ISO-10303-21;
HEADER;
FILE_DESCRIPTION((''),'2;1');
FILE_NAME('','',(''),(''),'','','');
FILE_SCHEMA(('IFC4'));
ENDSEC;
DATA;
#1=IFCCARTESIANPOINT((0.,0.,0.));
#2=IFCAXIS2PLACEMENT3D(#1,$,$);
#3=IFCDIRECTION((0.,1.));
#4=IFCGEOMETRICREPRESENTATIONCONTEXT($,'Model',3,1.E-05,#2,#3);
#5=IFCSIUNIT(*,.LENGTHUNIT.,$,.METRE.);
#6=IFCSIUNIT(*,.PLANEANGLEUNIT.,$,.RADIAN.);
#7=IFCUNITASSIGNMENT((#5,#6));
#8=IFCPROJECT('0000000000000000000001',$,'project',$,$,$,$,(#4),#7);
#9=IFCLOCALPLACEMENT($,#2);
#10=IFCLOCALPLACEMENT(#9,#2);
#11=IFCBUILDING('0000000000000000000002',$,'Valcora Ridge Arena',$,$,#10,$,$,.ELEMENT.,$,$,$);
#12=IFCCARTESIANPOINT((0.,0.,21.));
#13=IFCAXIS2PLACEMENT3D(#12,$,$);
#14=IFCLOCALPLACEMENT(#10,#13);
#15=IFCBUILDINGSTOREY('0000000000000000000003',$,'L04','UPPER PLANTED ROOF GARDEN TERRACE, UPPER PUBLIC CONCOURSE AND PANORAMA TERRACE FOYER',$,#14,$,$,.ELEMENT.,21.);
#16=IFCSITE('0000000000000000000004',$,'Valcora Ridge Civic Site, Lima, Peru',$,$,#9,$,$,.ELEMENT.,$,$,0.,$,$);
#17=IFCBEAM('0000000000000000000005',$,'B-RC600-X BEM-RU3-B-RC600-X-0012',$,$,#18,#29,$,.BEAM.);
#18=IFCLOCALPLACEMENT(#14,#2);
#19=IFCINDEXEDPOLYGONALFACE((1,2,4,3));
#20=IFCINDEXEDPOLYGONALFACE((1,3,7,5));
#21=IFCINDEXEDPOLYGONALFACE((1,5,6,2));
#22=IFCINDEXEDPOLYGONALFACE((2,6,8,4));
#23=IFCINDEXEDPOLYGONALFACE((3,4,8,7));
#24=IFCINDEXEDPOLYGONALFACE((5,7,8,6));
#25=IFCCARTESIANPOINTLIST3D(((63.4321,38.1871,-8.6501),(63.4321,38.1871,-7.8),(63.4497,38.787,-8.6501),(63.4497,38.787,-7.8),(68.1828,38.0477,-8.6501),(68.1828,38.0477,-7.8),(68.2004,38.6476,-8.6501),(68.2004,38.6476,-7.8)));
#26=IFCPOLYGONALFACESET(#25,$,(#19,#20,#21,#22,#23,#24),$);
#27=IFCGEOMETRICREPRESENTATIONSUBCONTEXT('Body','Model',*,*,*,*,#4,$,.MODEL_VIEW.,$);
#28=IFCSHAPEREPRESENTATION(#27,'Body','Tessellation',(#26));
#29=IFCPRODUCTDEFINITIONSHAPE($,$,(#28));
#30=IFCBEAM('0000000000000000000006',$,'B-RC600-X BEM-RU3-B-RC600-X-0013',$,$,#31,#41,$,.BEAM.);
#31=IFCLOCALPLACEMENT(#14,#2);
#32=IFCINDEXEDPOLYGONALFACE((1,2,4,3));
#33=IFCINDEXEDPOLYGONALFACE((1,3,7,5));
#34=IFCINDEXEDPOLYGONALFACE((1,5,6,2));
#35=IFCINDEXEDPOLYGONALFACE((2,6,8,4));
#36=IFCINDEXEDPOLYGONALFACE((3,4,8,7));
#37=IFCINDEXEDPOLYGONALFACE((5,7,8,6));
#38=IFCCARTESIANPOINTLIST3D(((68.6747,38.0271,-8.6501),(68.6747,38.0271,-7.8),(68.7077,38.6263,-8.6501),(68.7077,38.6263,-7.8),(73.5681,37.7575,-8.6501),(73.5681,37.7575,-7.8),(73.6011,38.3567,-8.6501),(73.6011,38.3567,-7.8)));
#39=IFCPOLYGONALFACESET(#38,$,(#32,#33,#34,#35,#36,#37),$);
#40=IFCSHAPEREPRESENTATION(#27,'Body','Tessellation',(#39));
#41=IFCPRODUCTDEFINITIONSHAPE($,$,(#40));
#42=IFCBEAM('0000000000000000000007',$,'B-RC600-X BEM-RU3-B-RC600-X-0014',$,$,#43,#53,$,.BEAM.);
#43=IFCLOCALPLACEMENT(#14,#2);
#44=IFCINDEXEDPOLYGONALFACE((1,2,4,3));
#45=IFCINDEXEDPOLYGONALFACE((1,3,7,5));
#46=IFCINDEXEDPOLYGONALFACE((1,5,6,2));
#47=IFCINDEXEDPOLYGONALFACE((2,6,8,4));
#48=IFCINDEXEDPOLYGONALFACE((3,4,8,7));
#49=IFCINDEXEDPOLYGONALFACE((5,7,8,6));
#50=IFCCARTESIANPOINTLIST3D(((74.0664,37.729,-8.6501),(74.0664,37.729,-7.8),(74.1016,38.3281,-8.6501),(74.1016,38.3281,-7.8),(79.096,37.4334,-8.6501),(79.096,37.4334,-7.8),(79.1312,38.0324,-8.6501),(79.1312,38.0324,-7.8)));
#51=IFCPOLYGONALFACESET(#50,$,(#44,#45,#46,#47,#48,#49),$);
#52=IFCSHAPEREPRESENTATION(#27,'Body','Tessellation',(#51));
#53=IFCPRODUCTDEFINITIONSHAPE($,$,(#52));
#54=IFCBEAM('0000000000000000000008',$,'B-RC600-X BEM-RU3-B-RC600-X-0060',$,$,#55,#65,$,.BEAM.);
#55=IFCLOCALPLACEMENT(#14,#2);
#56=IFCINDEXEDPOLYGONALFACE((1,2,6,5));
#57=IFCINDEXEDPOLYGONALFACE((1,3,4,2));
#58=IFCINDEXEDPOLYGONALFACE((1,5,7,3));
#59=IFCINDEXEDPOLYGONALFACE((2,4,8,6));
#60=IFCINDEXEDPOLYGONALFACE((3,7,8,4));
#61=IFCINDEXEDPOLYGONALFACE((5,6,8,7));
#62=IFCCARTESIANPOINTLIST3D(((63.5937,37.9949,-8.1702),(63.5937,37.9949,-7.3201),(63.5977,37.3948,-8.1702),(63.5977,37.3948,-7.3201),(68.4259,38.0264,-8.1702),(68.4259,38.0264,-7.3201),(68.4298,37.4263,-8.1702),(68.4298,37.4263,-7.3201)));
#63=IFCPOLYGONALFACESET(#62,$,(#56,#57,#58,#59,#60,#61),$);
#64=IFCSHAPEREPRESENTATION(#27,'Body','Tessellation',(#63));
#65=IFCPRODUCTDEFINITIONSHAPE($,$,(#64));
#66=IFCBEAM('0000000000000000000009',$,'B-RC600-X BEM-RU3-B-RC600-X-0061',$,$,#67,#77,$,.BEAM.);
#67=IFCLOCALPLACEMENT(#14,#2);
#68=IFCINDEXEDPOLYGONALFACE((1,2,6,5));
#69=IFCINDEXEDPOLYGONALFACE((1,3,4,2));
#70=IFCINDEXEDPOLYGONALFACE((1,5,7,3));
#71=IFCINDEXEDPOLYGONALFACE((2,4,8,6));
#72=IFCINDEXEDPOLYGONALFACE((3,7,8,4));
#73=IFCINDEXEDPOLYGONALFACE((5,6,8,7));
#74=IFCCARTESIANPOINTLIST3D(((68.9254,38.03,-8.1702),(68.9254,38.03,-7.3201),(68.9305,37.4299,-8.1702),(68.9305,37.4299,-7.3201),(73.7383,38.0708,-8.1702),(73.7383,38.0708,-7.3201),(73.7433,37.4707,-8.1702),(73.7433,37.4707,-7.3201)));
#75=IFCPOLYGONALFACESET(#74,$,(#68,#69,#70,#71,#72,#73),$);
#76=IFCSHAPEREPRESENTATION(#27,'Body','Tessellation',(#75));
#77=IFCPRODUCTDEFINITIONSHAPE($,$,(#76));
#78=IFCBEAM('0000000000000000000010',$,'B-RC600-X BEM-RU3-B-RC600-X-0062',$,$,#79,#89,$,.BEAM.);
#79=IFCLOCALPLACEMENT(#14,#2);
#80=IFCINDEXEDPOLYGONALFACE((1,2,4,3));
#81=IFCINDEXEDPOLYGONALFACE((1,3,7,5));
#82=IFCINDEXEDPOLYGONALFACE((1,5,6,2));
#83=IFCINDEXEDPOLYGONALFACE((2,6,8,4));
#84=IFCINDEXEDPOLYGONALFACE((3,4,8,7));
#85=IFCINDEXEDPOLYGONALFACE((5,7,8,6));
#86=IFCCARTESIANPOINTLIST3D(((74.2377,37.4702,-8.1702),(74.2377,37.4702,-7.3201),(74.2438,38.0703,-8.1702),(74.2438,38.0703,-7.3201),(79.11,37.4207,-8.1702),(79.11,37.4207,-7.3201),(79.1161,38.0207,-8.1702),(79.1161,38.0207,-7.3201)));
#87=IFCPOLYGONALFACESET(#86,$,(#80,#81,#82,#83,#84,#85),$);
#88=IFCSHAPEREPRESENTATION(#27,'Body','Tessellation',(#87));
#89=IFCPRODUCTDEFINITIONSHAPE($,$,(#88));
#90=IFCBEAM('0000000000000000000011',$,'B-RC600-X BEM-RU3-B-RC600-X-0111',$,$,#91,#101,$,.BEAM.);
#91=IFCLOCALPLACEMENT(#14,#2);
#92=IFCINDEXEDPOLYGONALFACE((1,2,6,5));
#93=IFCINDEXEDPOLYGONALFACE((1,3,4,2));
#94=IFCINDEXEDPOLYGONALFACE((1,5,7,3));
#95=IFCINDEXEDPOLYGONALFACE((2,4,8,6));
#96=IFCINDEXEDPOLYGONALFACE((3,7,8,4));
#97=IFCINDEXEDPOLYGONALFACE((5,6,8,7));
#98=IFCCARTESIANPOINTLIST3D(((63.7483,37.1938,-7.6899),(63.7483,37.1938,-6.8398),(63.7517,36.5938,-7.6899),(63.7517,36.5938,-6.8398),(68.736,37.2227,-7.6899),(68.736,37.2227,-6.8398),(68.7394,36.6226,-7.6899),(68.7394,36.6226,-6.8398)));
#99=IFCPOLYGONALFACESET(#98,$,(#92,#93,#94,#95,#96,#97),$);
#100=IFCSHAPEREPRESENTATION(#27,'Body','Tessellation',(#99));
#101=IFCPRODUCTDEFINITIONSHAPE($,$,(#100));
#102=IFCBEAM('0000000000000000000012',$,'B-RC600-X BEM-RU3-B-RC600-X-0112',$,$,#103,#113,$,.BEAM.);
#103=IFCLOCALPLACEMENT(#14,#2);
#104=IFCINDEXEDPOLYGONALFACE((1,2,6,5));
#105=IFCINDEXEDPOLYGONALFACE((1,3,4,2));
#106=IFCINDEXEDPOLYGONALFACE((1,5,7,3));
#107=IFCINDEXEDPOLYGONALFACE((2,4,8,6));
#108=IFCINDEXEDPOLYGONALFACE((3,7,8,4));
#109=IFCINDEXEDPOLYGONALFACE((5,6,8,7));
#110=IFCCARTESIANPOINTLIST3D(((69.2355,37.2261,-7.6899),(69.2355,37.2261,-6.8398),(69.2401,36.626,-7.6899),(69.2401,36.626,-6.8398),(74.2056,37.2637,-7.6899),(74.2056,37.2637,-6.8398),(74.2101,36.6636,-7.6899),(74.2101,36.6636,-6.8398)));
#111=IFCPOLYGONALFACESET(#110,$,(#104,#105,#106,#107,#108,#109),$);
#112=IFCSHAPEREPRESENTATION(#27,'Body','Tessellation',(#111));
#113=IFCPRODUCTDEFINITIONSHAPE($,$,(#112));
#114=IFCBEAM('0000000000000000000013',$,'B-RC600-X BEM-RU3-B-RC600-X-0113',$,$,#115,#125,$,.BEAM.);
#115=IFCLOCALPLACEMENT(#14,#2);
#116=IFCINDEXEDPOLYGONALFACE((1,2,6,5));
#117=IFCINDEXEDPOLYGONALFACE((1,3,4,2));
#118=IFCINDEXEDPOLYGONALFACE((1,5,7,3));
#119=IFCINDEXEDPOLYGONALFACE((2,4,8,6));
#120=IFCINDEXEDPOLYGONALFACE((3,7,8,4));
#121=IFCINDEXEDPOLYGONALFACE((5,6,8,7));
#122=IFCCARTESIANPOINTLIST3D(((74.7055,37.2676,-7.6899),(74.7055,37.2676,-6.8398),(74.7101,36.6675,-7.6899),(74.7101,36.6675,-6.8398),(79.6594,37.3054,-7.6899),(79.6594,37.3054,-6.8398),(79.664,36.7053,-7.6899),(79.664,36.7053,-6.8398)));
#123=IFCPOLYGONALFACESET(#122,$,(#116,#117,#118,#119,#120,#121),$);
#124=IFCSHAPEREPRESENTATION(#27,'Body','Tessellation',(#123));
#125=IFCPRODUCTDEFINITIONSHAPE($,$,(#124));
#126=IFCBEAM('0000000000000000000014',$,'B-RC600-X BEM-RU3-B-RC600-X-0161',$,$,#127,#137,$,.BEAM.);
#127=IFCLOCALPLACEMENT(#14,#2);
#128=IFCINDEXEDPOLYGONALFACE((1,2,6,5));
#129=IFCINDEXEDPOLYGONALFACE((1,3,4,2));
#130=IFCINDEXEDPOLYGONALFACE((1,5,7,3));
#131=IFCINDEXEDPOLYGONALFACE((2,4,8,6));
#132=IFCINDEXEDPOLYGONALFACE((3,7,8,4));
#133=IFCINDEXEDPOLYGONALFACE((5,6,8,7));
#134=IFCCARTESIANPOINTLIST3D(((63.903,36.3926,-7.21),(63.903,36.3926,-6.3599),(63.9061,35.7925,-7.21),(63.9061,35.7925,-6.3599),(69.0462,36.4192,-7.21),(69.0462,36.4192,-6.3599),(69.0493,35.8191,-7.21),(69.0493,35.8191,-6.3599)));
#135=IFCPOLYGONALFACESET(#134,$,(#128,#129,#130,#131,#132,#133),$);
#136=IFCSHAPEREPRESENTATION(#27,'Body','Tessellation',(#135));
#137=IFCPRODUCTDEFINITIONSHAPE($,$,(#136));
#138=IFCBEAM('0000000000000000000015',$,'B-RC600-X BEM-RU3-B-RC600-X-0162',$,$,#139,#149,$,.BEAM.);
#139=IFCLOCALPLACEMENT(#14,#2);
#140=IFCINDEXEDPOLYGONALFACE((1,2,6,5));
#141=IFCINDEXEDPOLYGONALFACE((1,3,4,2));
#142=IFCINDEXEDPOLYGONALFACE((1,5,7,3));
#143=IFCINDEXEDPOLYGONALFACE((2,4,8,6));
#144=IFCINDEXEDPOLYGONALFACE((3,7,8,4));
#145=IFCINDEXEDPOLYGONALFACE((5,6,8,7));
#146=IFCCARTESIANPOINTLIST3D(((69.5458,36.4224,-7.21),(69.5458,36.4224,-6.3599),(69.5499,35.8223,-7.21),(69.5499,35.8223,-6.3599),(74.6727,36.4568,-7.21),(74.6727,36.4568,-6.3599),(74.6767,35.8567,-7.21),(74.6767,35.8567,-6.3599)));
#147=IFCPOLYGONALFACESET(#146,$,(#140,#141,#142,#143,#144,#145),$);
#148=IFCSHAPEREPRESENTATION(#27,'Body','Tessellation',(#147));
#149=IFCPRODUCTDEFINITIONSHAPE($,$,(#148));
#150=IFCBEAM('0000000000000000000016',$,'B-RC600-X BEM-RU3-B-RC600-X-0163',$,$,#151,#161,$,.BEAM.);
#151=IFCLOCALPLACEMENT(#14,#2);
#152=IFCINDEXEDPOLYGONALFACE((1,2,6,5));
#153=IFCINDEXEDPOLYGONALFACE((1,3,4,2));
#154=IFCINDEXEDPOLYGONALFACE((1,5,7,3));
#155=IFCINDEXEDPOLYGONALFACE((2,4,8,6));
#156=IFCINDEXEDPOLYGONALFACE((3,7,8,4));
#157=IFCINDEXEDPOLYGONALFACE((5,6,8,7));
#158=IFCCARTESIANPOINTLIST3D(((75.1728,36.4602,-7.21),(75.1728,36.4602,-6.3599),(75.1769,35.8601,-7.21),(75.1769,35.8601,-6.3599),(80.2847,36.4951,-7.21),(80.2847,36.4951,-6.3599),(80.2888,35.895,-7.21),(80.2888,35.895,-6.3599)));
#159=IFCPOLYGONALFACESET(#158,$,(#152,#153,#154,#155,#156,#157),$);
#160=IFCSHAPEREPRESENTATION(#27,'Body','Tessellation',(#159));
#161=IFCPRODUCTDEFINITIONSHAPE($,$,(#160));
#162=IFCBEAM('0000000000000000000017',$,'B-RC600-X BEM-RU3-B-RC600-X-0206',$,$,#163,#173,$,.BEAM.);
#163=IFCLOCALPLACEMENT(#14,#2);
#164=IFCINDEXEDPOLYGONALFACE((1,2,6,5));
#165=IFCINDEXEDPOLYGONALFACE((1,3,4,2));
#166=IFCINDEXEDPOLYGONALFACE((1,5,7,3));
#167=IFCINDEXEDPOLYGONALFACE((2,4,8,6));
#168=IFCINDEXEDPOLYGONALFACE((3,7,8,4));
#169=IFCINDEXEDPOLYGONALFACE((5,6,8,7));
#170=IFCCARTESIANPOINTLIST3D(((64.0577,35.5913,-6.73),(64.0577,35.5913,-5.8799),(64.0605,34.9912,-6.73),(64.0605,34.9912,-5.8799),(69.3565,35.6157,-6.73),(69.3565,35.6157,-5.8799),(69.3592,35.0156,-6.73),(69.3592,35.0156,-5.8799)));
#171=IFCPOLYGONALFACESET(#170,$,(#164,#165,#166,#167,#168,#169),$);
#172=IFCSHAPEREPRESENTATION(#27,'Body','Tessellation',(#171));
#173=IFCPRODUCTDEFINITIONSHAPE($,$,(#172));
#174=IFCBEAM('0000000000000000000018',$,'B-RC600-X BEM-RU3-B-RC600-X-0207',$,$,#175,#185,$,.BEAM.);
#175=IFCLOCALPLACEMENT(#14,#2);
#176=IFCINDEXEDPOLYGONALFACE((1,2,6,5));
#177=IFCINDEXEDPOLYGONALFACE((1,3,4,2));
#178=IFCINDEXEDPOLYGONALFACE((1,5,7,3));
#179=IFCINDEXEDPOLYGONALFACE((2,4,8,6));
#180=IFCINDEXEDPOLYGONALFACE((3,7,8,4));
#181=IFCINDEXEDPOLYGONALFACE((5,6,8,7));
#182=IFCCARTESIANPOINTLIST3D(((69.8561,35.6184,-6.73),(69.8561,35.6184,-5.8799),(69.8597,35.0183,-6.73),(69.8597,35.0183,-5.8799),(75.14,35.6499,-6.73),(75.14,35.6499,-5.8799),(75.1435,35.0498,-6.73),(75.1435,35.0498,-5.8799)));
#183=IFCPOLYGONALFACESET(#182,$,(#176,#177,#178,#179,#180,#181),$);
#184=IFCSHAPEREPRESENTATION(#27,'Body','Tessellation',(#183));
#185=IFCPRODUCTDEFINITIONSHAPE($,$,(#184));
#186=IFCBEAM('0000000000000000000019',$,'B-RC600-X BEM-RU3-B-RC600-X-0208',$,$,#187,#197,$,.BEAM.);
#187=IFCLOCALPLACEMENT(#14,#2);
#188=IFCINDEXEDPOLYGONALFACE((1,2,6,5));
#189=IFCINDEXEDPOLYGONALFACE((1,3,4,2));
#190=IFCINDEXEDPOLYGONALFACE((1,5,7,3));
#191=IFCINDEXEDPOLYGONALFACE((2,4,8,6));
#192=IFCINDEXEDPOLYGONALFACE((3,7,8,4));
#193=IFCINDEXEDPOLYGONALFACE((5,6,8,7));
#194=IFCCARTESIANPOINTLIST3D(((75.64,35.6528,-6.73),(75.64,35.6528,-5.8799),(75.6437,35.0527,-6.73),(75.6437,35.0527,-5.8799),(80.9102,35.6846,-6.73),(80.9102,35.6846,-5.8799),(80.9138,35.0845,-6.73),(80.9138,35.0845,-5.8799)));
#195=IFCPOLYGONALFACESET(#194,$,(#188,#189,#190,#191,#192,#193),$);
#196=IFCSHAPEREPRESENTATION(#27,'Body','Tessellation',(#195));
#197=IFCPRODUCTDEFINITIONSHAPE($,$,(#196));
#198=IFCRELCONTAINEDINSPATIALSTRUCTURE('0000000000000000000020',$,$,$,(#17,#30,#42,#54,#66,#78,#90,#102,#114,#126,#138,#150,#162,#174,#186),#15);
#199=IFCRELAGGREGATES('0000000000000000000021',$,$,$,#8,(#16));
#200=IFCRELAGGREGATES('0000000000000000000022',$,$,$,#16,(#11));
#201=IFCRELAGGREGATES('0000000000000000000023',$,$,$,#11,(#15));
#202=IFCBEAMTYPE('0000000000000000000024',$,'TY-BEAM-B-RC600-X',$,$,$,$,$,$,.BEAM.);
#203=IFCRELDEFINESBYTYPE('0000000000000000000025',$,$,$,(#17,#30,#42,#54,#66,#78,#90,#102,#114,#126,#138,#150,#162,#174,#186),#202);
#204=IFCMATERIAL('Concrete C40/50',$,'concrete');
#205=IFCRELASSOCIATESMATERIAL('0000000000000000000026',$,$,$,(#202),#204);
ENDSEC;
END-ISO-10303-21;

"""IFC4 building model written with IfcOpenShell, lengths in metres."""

from ifc_helpers import new_model, si_unit, direction, frame, origin, origin_2d, place, context, subcontext, project, spatial, rectangle, extrude, material, material_profile, profile_set, type_object, element, save


model = new_model("IFC4")

# Units and contexts
model_context = context("Model", 3, precision=1e-05, world=origin(), true_north=direction((0.0, 1.0)))
body_context = subcontext(model_context, "Body", "Model", "MODEL_VIEW")
ifc_project = project(units=[si_unit("LENGTHUNIT", "METRE"), si_unit("PLANEANGLEUNIT", "RADIAN")], contexts=[model_context])

# Site, building, storey
site_placement = place(None, origin())
site = spatial("IfcSite", under=ifc_project, at=site_placement, Name="Valcora Ridge Civic Site, Lima, Peru", CompositionType="ELEMENT", RefElevation=0.0)
building_placement = place(site_placement, origin())
building = spatial("IfcBuilding", under=site, at=building_placement, Name="Valcora Ridge Arena", CompositionType="ELEMENT")
storey_placement = place(building_placement, frame((0.0, 0.0, 21.0)))
storey = spatial("IfcBuildingStorey", under=building, at=storey_placement, Name="L04", Description="UPPER PLANTED ROOF GARDEN TERRACE, UPPER PUBLIC CONCOURSE AND PANORAMA TERRACE FOYER", CompositionType="ELEMENT", Elevation=21.0)

# Beams
ifc_material_1 = material(Name="Concrete C40/50", Category="concrete")
ifc_material_profile_1 = material_profile(ifc_material_1, rectangle(XDim=0.6001, YDim=0.8501, at=origin_2d()), Name="RC 600x850")
ifc_profile_set_1 = profile_set([ifc_material_profile_1], Name="Concrete C40/50")
beam_type_1 = type_object("IfcBeamType", Name="TY-BEAM-B-RC600-X", PredefinedType="BEAM", material=ifc_profile_set_1)
beam_1_placement = place(storey_placement, frame((63.4409, 38.4871, -8.2251), z_axis=(0.99957, -0.029331, 0.0), x_axis=(0.029331, 0.99957, 0.0)))
element("IfcBeam", 1, at=beam_1_placement, inside=storey, type_object=beam_type_1, Name="B-RC600-X BEM-RU3-B-RC600-X-0012", PredefinedType="BEAM", context=body_context, shape_type="SweptSolid", body=[
    extrude(rectangle(XDim=0.6001, YDim=0.8501, at=origin_2d()), origin(), (0.0, 0.0, 1.0), 4.7527),
])
beam_2_placement = place(storey_placement, frame((68.6912, 38.3267, -8.2251), z_axis=(0.998487, -0.054995, 0.0), x_axis=(0.054995, 0.998487, 0.0)))
element("IfcBeam", 2, at=beam_2_placement, inside=storey, type_object=beam_type_1, Name="B-RC600-X BEM-RU3-B-RC600-X-0013", PredefinedType="BEAM", context=body_context, shape_type="SweptSolid", body=[
    extrude(rectangle(XDim=0.6001, YDim=0.8501, at=origin_2d()), origin(), (0.0, 0.0, 1.0), 4.9009),
])
beam_3_placement = place(storey_placement, frame((74.084, 38.0286, -8.2251), z_axis=(0.998277, -0.058682, 0.0), x_axis=(0.058682, 0.998277, 0.0)))
element("IfcBeam", 3, at=beam_3_placement, inside=storey, type_object=beam_type_1, Name="B-RC600-X BEM-RU3-B-RC600-X-0014", PredefinedType="BEAM", context=body_context, shape_type="SweptSolid", body=[
    extrude(rectangle(XDim=0.6001, YDim=0.8501, at=origin_2d()), origin(), (0.0, 0.0, 1.0), 5.0383),
])
beam_4_placement = place(storey_placement, frame((63.5957, 37.6948, -7.7451), z_axis=(0.999979, 0.006517, 0.0), x_axis=(-0.006517, 0.999979, 0.0)))
element("IfcBeam", 4, at=beam_4_placement, inside=storey, type_object=beam_type_1, Name="B-RC600-X BEM-RU3-B-RC600-X-0060", PredefinedType="BEAM", context=body_context, shape_type="SweptSolid", body=[
    extrude(rectangle(XDim=0.6001, YDim=0.8501, at=origin_2d()), origin(), (0.0, 0.0, 1.0), 4.8323),
])
beam_5_placement = place(storey_placement, frame((68.928, 37.73, -7.7451), z_axis=(0.999964, 0.008471, 0.0), x_axis=(-0.008471, 0.999964, 0.0)))
element("IfcBeam", 5, at=beam_5_placement, inside=storey, type_object=beam_type_1, Name="B-RC600-X BEM-RU3-B-RC600-X-0061", PredefinedType="BEAM", context=body_context, shape_type="SweptSolid", body=[
    extrude(rectangle(XDim=0.6001, YDim=0.8501, at=origin_2d()), origin(), (0.0, 0.0, 1.0), 4.813),
])
beam_6_placement = place(storey_placement, frame((74.2407, 37.7703, -7.7451), z_axis=(0.999948, -0.010171, 0.0), x_axis=(0.010171, 0.999948, 0.0)))
element("IfcBeam", 6, at=beam_6_placement, inside=storey, type_object=beam_type_1, Name="B-RC600-X BEM-RU3-B-RC600-X-0062", PredefinedType="BEAM", context=body_context, shape_type="SweptSolid", body=[
    extrude(rectangle(XDim=0.6001, YDim=0.8501, at=origin_2d()), origin(), (0.0, 0.0, 1.0), 4.8726),
])
beam_7_placement = place(storey_placement, frame((63.75, 36.8938, -7.2649), z_axis=(0.999983, 0.005776, 0.0), x_axis=(-0.005776, 0.999983, 0.0)))
element("IfcBeam", 7, at=beam_7_placement, inside=storey, type_object=beam_type_1, Name="B-RC600-X BEM-RU3-B-RC600-X-0111", PredefinedType="BEAM", context=body_context, shape_type="SweptSolid", body=[
    extrude(rectangle(XDim=0.6001, YDim=0.8501, at=origin_2d()), origin(), (0.0, 0.0, 1.0), 4.9878),
])
beam_8_placement = place(storey_placement, frame((69.2378, 36.926, -7.2649), z_axis=(0.999971, 0.007565, 0.0), x_axis=(-0.007565, 0.999971, 0.0)))
element("IfcBeam", 8, at=beam_8_placement, inside=storey, type_object=beam_type_1, Name="B-RC600-X BEM-RU3-B-RC600-X-0112", PredefinedType="BEAM", context=body_context, shape_type="SweptSolid", body=[
    extrude(rectangle(XDim=0.6001, YDim=0.8501, at=origin_2d()), origin(), (0.0, 0.0, 1.0), 4.9702),
])
beam_9_placement = place(storey_placement, frame((74.7078, 36.9675, -7.2649), z_axis=(0.999971, 0.007639, 0.0), x_axis=(-0.007639, 0.999971, 0.0)))
element("IfcBeam", 9, at=beam_9_placement, inside=storey, type_object=beam_type_1, Name="B-RC600-X BEM-RU3-B-RC600-X-0113", PredefinedType="BEAM", context=body_context, shape_type="SweptSolid", body=[
    extrude(rectangle(XDim=0.6001, YDim=0.8501, at=origin_2d()), origin(), (0.0, 0.0, 1.0), 4.9541),
])
beam_10_placement = place(storey_placement, frame((63.9045, 36.0925, -6.7849), z_axis=(0.999987, 0.005174, 0.0), x_axis=(-0.005174, 0.999987, 0.0)))
element("IfcBeam", 10, at=beam_10_placement, inside=storey, type_object=beam_type_1, Name="B-RC600-X BEM-RU3-B-RC600-X-0161", PredefinedType="BEAM", context=body_context, shape_type="SweptSolid", body=[
    extrude(rectangle(XDim=0.6001, YDim=0.8501, at=origin_2d()), origin(), (0.0, 0.0, 1.0), 5.1433),
])
beam_11_placement = place(storey_placement, frame((69.5479, 36.1223, -6.7849), z_axis=(0.999977, 0.006714, 0.0), x_axis=(-0.006714, 0.999977, 0.0)))
element("IfcBeam", 11, at=beam_11_placement, inside=storey, type_object=beam_type_1, Name="B-RC600-X BEM-RU3-B-RC600-X-0162", PredefinedType="BEAM", context=body_context, shape_type="SweptSolid", body=[
    extrude(rectangle(XDim=0.6001, YDim=0.8501, at=origin_2d()), origin(), (0.0, 0.0, 1.0), 5.127),
])
beam_12_placement = place(storey_placement, frame((75.1748, 36.1602, -6.7849), z_axis=(0.999977, 0.006829, 0.0), x_axis=(-0.006829, 0.999977, 0.0)))
element("IfcBeam", 12, at=beam_12_placement, inside=storey, type_object=beam_type_1, Name="B-RC600-X BEM-RU3-B-RC600-X-0163", PredefinedType="BEAM", context=body_context, shape_type="SweptSolid", body=[
    extrude(rectangle(XDim=0.6001, YDim=0.8501, at=origin_2d()), origin(), (0.0, 0.0, 1.0), 5.1121),
])
beam_13_placement = place(storey_placement, frame((64.0591, 35.2913, -6.3049), z_axis=(0.999989, 0.004607, 0.0), x_axis=(-0.004607, 0.999989, 0.0)))
element("IfcBeam", 13, at=beam_13_placement, inside=storey, type_object=beam_type_1, Name="B-RC600-X BEM-RU3-B-RC600-X-0206", PredefinedType="BEAM", context=body_context, shape_type="SweptSolid", body=[
    extrude(rectangle(XDim=0.6001, YDim=0.8501, at=origin_2d()), origin(), (0.0, 0.0, 1.0), 5.2988),
])
beam_14_placement = place(storey_placement, frame((69.8579, 35.3184, -6.3049), z_axis=(0.999982, 0.00596, 0.0), x_axis=(-0.00596, 0.999982, 0.0)))
element("IfcBeam", 14, at=beam_14_placement, inside=storey, type_object=beam_type_1, Name="B-RC600-X BEM-RU3-B-RC600-X-0207", PredefinedType="BEAM", context=body_context, shape_type="SweptSolid", body=[
    extrude(rectangle(XDim=0.6001, YDim=0.8501, at=origin_2d()), origin(), (0.0, 0.0, 1.0), 5.2839),
])
beam_15_placement = place(storey_placement, frame((75.6418, 35.3528, -6.3049), z_axis=(0.999982, 0.006022, 0.0), x_axis=(-0.006022, 0.999982, 0.0)))
element("IfcBeam", 15, at=beam_15_placement, inside=storey, type_object=beam_type_1, Name="B-RC600-X BEM-RU3-B-RC600-X-0208", PredefinedType="BEAM", context=body_context, shape_type="SweptSolid", body=[
    extrude(rectangle(XDim=0.6001, YDim=0.8501, at=origin_2d()), origin(), (0.0, 0.0, 1.0), 5.2703),
])

save(model, "model.ifc")
